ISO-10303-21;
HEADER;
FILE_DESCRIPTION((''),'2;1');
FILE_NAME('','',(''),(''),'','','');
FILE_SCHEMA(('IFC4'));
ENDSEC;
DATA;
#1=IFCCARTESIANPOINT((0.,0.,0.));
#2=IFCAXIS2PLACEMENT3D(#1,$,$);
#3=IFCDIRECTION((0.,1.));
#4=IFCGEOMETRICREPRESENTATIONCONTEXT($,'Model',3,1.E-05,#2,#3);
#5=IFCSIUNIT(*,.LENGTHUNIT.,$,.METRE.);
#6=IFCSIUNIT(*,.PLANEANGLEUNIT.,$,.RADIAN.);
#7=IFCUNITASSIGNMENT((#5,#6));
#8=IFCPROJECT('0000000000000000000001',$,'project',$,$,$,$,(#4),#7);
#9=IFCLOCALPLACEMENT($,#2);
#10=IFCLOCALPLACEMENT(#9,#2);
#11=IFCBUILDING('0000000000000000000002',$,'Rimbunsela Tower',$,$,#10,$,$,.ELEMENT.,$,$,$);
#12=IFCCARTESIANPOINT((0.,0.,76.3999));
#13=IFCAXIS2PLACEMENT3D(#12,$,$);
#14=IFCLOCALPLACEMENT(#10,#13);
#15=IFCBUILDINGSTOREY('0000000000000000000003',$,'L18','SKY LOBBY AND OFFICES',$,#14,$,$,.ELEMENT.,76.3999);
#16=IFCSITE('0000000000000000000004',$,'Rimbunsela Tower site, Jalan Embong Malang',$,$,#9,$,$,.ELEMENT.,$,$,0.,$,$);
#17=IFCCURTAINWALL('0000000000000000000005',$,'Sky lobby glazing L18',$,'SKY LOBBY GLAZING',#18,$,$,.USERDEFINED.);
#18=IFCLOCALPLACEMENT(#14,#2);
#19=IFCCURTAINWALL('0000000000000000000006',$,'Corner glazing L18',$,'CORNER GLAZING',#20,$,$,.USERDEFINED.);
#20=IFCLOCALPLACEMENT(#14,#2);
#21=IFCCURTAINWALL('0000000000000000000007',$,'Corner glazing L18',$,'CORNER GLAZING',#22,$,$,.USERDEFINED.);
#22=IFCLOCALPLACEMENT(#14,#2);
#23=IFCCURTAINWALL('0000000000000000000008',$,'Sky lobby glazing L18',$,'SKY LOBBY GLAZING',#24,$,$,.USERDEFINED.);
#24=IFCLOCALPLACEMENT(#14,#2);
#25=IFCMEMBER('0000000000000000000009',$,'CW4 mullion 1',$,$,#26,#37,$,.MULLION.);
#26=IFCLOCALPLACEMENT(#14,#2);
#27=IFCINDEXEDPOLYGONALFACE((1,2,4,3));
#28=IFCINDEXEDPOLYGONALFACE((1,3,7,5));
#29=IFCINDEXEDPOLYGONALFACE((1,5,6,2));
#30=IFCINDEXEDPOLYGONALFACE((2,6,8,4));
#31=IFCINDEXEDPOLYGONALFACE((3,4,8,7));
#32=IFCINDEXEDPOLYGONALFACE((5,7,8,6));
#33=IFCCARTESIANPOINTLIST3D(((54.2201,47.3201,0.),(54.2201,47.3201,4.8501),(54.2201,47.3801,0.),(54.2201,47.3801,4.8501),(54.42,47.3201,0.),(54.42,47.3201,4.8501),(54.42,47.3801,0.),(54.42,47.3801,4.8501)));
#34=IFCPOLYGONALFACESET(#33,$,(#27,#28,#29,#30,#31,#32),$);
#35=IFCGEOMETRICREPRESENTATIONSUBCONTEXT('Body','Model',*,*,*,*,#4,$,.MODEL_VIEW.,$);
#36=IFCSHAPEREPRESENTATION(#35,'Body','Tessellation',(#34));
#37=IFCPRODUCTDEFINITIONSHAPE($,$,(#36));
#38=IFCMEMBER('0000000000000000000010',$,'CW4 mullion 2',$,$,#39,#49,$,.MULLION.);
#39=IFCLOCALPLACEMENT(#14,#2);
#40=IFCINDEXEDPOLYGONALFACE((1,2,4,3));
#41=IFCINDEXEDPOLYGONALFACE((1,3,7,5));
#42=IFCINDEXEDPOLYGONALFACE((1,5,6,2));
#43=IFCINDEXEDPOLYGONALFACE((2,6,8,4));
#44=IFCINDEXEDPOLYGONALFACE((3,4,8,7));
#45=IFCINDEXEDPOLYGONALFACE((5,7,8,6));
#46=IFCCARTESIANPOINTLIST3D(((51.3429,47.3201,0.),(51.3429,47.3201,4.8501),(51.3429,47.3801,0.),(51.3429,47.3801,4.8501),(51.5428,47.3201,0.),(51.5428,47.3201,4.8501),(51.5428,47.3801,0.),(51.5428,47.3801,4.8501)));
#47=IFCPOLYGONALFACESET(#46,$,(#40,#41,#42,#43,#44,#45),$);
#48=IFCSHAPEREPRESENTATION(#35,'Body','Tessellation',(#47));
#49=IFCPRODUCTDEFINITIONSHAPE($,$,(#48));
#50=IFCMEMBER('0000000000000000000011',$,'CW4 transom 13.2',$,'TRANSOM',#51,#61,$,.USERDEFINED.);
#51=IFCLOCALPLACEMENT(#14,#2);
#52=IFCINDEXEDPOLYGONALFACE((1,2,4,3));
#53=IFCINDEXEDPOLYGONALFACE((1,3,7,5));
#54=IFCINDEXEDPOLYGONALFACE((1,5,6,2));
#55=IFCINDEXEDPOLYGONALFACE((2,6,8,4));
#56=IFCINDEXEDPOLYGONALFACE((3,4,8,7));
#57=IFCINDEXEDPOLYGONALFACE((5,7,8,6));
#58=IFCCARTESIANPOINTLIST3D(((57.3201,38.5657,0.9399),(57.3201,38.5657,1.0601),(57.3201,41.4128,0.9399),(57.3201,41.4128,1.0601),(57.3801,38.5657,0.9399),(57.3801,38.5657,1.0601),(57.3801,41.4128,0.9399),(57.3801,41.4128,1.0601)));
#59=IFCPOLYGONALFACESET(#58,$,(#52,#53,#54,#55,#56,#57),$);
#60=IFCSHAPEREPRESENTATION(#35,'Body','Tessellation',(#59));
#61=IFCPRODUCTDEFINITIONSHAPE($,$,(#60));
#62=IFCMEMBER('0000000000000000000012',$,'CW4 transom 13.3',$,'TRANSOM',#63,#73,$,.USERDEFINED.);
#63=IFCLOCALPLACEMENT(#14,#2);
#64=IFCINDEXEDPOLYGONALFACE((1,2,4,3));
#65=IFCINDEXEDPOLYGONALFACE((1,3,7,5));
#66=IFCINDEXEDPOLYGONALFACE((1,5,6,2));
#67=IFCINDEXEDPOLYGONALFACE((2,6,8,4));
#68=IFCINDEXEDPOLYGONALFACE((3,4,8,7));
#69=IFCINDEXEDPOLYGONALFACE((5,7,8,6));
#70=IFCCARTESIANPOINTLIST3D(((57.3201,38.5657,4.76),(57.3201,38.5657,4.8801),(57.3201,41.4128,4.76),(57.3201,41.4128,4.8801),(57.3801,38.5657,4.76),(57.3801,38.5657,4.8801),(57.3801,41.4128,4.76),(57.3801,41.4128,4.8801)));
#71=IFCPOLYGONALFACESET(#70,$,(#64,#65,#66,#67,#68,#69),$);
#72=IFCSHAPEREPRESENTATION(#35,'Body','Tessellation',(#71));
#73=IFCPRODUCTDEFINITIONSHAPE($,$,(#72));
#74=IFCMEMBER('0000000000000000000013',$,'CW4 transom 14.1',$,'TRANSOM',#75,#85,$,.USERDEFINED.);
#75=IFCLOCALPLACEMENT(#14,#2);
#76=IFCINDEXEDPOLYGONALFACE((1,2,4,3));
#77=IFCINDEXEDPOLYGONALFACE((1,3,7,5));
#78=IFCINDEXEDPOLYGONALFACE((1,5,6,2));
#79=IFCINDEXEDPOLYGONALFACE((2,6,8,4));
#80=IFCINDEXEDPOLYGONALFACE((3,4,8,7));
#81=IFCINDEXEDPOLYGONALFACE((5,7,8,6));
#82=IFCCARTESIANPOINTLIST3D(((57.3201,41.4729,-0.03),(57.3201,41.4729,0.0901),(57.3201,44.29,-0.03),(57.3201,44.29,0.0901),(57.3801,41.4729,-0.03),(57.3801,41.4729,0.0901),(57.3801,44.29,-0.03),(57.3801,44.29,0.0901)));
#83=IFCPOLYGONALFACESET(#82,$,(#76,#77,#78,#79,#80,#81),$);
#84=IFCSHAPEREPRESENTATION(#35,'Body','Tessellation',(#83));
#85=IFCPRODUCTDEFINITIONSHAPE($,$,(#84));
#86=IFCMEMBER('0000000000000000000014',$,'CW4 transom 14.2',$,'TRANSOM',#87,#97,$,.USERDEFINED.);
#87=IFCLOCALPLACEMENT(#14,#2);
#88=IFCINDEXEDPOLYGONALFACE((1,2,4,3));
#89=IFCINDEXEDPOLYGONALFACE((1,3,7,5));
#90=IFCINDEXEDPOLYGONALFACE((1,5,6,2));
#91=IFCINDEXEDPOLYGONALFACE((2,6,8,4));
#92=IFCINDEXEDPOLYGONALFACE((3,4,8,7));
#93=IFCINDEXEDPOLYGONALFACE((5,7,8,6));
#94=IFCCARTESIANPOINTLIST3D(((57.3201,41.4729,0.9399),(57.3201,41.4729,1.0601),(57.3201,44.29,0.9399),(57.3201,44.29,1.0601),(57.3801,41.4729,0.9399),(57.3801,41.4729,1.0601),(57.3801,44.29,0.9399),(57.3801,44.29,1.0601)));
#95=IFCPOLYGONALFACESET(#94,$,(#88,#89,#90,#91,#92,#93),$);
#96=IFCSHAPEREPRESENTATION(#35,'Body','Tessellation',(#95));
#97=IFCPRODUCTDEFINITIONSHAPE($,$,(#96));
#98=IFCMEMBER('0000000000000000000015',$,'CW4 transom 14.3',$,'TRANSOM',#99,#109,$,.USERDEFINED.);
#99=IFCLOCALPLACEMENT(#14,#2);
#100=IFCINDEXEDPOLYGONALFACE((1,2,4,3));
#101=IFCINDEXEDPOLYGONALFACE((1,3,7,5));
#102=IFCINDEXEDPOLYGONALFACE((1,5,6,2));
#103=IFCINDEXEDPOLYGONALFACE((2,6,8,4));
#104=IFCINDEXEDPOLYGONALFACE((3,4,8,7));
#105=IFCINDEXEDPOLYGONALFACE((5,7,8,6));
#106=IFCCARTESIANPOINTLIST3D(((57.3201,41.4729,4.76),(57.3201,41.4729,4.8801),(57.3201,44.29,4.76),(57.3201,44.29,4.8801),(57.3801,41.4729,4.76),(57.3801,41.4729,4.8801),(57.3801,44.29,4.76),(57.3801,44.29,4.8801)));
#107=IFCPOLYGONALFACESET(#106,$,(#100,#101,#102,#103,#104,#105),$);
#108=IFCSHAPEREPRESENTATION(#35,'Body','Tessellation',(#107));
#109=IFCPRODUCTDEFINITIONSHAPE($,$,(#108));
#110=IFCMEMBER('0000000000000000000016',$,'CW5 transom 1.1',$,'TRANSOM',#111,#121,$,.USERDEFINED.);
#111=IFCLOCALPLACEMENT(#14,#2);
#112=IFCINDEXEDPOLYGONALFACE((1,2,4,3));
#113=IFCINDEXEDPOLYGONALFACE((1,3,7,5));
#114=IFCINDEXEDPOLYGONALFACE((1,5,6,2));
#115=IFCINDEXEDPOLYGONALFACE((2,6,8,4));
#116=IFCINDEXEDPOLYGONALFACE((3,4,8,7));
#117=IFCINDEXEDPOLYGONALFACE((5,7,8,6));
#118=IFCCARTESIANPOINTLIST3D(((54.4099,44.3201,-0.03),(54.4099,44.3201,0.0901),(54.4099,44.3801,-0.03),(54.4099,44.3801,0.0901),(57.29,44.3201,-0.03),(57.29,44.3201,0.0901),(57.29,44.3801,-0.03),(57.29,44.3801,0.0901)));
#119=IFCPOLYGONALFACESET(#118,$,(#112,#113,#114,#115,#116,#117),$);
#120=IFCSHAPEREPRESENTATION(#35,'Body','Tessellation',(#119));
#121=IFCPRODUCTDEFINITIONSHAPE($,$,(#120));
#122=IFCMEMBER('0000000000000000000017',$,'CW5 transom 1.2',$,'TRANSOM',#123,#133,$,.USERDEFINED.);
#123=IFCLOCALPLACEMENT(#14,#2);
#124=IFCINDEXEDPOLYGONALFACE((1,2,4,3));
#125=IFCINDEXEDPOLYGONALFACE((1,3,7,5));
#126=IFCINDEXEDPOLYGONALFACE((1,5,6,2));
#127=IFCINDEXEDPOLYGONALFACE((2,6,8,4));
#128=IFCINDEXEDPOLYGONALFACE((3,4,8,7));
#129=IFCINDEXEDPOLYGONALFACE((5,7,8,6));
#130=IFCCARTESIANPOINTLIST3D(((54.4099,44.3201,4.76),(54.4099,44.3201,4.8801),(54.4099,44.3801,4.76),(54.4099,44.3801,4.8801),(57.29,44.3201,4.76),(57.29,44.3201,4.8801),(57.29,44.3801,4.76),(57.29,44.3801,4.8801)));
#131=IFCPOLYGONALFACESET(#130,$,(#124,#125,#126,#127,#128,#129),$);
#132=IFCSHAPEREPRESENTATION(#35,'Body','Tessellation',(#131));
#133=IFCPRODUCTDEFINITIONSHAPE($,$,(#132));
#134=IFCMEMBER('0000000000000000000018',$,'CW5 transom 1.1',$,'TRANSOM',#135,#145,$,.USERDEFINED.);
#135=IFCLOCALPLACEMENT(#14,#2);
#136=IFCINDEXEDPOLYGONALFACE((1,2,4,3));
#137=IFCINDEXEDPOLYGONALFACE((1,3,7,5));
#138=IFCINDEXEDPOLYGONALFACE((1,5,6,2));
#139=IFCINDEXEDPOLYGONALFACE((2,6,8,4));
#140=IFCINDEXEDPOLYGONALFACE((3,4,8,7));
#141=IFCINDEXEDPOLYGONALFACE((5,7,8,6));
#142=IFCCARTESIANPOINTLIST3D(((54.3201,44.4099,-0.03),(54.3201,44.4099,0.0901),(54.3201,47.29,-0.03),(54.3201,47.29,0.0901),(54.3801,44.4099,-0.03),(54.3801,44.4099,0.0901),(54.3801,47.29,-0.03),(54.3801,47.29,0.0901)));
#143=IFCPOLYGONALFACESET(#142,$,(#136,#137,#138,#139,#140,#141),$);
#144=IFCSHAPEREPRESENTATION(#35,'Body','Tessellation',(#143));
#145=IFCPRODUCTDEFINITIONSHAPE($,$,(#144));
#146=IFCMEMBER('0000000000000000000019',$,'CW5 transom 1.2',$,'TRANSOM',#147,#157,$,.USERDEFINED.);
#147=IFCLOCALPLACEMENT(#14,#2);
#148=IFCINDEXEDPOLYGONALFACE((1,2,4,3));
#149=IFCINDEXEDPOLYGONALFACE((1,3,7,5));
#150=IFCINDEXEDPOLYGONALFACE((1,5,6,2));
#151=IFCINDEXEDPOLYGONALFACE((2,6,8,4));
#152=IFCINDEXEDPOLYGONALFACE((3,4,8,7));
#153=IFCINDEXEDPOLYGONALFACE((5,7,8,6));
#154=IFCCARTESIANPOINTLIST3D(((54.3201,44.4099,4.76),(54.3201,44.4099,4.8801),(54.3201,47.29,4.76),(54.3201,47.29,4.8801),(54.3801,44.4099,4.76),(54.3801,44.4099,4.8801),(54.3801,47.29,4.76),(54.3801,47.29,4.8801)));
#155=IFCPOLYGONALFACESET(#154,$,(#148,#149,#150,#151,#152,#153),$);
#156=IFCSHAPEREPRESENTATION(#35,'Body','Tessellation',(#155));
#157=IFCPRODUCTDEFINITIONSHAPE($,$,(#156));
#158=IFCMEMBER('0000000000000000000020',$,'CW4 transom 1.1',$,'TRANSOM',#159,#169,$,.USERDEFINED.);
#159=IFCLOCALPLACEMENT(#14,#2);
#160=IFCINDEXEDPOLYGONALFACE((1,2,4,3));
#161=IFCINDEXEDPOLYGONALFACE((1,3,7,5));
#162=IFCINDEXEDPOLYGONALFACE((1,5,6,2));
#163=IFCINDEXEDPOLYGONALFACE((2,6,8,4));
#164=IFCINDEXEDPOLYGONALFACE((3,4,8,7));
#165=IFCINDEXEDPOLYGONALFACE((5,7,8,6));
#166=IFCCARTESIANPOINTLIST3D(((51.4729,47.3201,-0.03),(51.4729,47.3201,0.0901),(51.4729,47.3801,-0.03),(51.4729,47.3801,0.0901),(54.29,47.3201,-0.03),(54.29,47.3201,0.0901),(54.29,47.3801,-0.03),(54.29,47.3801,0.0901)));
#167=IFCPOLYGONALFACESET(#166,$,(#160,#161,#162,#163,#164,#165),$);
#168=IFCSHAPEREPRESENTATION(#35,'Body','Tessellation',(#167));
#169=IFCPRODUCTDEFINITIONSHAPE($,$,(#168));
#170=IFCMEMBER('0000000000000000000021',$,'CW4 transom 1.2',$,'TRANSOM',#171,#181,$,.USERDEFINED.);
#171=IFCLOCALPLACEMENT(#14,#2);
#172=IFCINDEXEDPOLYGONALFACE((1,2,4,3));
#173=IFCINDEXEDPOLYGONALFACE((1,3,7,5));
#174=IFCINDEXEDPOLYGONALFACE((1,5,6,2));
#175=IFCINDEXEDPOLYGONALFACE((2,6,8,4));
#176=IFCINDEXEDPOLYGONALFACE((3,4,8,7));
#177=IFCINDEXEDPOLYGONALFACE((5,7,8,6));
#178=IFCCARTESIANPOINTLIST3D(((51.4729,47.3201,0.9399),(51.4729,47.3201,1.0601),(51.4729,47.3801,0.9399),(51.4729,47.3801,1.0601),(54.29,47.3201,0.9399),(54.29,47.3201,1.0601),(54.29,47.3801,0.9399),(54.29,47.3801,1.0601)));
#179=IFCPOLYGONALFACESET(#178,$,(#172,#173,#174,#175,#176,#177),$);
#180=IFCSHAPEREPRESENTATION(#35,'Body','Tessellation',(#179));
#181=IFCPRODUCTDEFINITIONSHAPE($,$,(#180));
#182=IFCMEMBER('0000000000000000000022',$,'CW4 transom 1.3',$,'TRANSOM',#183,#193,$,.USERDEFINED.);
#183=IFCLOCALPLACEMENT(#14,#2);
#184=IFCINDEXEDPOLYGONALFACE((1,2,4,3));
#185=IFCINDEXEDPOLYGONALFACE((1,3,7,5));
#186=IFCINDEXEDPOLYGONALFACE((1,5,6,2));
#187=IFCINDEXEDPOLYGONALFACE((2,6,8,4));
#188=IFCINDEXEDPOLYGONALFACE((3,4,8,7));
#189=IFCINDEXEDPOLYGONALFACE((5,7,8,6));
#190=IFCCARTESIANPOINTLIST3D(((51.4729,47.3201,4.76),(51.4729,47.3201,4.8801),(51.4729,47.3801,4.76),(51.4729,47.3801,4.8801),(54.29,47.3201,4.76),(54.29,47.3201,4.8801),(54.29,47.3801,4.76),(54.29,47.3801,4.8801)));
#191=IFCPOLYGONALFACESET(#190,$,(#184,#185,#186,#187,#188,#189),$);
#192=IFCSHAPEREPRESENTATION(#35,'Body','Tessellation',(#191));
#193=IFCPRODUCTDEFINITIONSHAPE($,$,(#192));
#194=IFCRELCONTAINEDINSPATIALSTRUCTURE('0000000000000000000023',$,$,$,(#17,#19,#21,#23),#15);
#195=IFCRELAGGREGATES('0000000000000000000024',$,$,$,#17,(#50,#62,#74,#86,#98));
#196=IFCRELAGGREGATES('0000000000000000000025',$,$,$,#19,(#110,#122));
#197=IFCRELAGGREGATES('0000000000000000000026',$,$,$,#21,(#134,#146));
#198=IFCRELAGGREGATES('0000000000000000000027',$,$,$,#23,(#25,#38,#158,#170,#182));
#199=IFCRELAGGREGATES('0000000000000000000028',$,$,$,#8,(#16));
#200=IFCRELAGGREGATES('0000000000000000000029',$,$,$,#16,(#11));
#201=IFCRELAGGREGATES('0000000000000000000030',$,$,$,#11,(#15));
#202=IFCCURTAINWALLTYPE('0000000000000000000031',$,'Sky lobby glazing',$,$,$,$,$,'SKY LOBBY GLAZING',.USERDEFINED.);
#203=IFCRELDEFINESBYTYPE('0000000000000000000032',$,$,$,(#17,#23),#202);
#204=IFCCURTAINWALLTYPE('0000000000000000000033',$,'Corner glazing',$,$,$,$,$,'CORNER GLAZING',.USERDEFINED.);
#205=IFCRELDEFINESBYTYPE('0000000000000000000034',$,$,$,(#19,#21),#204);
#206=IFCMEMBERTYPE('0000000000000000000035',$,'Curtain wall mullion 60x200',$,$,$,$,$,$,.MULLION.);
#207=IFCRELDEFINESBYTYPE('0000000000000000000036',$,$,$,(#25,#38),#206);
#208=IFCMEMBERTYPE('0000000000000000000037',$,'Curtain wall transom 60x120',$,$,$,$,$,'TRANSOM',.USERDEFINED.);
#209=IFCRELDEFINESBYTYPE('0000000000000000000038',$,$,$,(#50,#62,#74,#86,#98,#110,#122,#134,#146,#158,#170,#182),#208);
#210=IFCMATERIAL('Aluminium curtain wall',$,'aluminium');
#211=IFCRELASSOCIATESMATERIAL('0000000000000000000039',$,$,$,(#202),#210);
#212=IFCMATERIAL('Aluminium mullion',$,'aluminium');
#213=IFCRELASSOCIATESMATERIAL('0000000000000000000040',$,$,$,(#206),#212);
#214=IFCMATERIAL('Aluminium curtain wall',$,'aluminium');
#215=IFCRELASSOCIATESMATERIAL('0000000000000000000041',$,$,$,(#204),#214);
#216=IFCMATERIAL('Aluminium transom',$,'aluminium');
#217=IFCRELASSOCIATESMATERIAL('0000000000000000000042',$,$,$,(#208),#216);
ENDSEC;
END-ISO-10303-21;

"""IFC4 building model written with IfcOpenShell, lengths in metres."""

from ifc_helpers import new_model, si_unit, direction, frame, origin, origin_2d, place, context, subcontext, project, spatial, rectangle, extrude, material, material_profile, profile_set, type_object, element, aggregate, save


model = new_model("IFC4")

# Units and contexts
model_context = context("Model", 3, precision=1e-05, world=origin(), true_north=direction((0.0, 1.0)))
body_context = subcontext(model_context, "Body", "Model", "MODEL_VIEW")
ifc_project = project(units=[si_unit("LENGTHUNIT", "METRE"), si_unit("PLANEANGLEUNIT", "RADIAN")], contexts=[model_context])

# Site, building, storey
site_placement = place(None, origin())
site = spatial("IfcSite", under=ifc_project, at=site_placement, Name="Rimbunsela Tower site, Jalan Embong Malang", CompositionType="ELEMENT", RefElevation=0.0)
building_placement = place(site_placement, origin())
building = spatial("IfcBuilding", under=site, at=building_placement, Name="Rimbunsela Tower", CompositionType="ELEMENT")
storey_placement = place(building_placement, frame((0.0, 0.0, 76.3999)))
storey = spatial("IfcBuildingStorey", under=building, at=storey_placement, Name="L18", Description="SKY LOBBY AND OFFICES", CompositionType="ELEMENT", Elevation=76.3999)

# Curtain walls, members
ifc_material_1 = material(Name="Aluminium curtain wall", Category="aluminium")
curtain_wall_type_1 = type_object("IfcCurtainWallType", Name="Sky lobby glazing", ElementType="SKY LOBBY GLAZING", PredefinedType="USERDEFINED", material=ifc_material_1)
curtain_wall_1_placement = place(storey_placement, origin())
curtain_wall_1 = element("IfcCurtainWall", 1, at=curtain_wall_1_placement, inside=storey, type_object=curtain_wall_type_1, Name="Sky lobby glazing L18", ObjectType="SKY LOBBY GLAZING", PredefinedType="USERDEFINED")
ifc_material_2 = material(Name="Aluminium mullion", Category="aluminium")
ifc_material_profile_1 = material_profile(ifc_material_2, rectangle(XDim=0.0601, YDim=0.2, at=origin_2d()), Name="Mullion 60x200")
ifc_profile_set_1 = profile_set([ifc_material_profile_1], Name="Aluminium mullion")
member_type_1 = type_object("IfcMemberType", Name="Curtain wall mullion 60x200", PredefinedType="MULLION", material=ifc_profile_set_1)
ifc_material_3 = material(Name="Aluminium curtain wall", Category="aluminium")
curtain_wall_type_2 = type_object("IfcCurtainWallType", Name="Corner glazing", ElementType="CORNER GLAZING", PredefinedType="USERDEFINED", material=ifc_material_3)
curtain_wall_2_placement = place(storey_placement, origin())
curtain_wall_2 = element("IfcCurtainWall", 2, at=curtain_wall_2_placement, inside=storey, type_object=curtain_wall_type_2, Name="Corner glazing L18", ObjectType="CORNER GLAZING", PredefinedType="USERDEFINED")
curtain_wall_3_placement = place(storey_placement, origin())
curtain_wall_3 = element("IfcCurtainWall", 3, at=curtain_wall_3_placement, inside=storey, type_object=curtain_wall_type_2, Name="Corner glazing L18", ObjectType="CORNER GLAZING", PredefinedType="USERDEFINED")
curtain_wall_4_placement = place(storey_placement, origin())
curtain_wall_4 = element("IfcCurtainWall", 4, at=curtain_wall_4_placement, inside=storey, type_object=curtain_wall_type_1, Name="Sky lobby glazing L18", ObjectType="SKY LOBBY GLAZING", PredefinedType="USERDEFINED")
member_1_placement = place(storey_placement, frame((54.3201, 47.3501, 0.0), z_axis=(0.0, 0.0, 1.0), x_axis=(0.0, -1.0, 0.0)))
member_1 = element("IfcMember", 5, at=member_1_placement, type_object=member_type_1, Name="CW4 mullion 1", PredefinedType="MULLION", context=body_context, shape_type="SweptSolid", body=[
    extrude(rectangle(XDim=0.0601, YDim=0.2, at=origin_2d()), origin(), (0.0, 0.0, 1.0), 4.8501),
])
member_2_placement = place(storey_placement, frame((51.4429, 47.3501, 0.0), z_axis=(0.0, 0.0, 1.0), x_axis=(0.0, -1.0, 0.0)))
member_2 = element("IfcMember", 6, at=member_2_placement, type_object=member_type_1, Name="CW4 mullion 2", PredefinedType="MULLION", context=body_context, shape_type="SweptSolid", body=[
    extrude(rectangle(XDim=0.0601, YDim=0.2, at=origin_2d()), origin(), (0.0, 0.0, 1.0), 4.8501),
])

# Members
ifc_material_4 = material(Name="Aluminium transom", Category="aluminium")
ifc_material_profile_2 = material_profile(ifc_material_4, rectangle(XDim=0.0601, YDim=0.1201, at=origin_2d()), Name="Transom 60x120")
ifc_profile_set_2 = profile_set([ifc_material_profile_2], Name="Aluminium transom")
member_type_2 = type_object("IfcMemberType", Name="Curtain wall transom 60x120", ElementType="TRANSOM", PredefinedType="USERDEFINED", material=ifc_profile_set_2)
member_3_placement = place(storey_placement, frame((57.3501, 38.5657, 1.0), z_axis=(0.0, 1.0, 0.0), x_axis=(-1.0, 0.0, 0.0)))
member_3 = element("IfcMember", 7, at=member_3_placement, type_object=member_type_2, Name="CW4 transom 13.2", ObjectType="TRANSOM", PredefinedType="USERDEFINED", context=body_context, shape_type="SweptSolid", body=[
    extrude(rectangle(XDim=0.0601, YDim=0.1201, at=origin_2d()), origin(), (0.0, 0.0, 1.0), 2.8472),
])
member_4_placement = place(storey_placement, frame((57.3501, 38.5657, 4.8201), z_axis=(0.0, 1.0, 0.0), x_axis=(-1.0, 0.0, 0.0)))
member_4 = element("IfcMember", 8, at=member_4_placement, type_object=member_type_2, Name="CW4 transom 13.3", ObjectType="TRANSOM", PredefinedType="USERDEFINED", context=body_context, shape_type="SweptSolid", body=[
    extrude(rectangle(XDim=0.0601, YDim=0.1201, at=origin_2d()), origin(), (0.0, 0.0, 1.0), 2.8472),
])
member_5_placement = place(storey_placement, frame((57.3501, 41.4729, 0.03), z_axis=(0.0, 1.0, 0.0), x_axis=(-1.0, 0.0, 0.0)))
member_5 = element("IfcMember", 9, at=member_5_placement, type_object=member_type_2, Name="CW4 transom 14.1", ObjectType="TRANSOM", PredefinedType="USERDEFINED", context=body_context, shape_type="SweptSolid", body=[
    extrude(rectangle(XDim=0.0601, YDim=0.1201, at=origin_2d()), origin(), (0.0, 0.0, 1.0), 2.8171),
])
member_6_placement = place(storey_placement, frame((57.3501, 41.4729, 1.0), z_axis=(0.0, 1.0, 0.0), x_axis=(-1.0, 0.0, 0.0)))
member_6 = element("IfcMember", 10, at=member_6_placement, type_object=member_type_2, Name="CW4 transom 14.2", ObjectType="TRANSOM", PredefinedType="USERDEFINED", context=body_context, shape_type="SweptSolid", body=[
    extrude(rectangle(XDim=0.0601, YDim=0.1201, at=origin_2d()), origin(), (0.0, 0.0, 1.0), 2.8171),
])
member_7_placement = place(storey_placement, frame((57.3501, 41.4729, 4.8201), z_axis=(0.0, 1.0, 0.0), x_axis=(-1.0, 0.0, 0.0)))
member_7 = element("IfcMember", 11, at=member_7_placement, type_object=member_type_2, Name="CW4 transom 14.3", ObjectType="TRANSOM", PredefinedType="USERDEFINED", context=body_context, shape_type="SweptSolid", body=[
    extrude(rectangle(XDim=0.0601, YDim=0.1201, at=origin_2d()), origin(), (0.0, 0.0, 1.0), 2.8171),
])
member_8_placement = place(storey_placement, frame((57.29, 44.3501, 0.03), z_axis=(-1.0, 0.0, 0.0), x_axis=(0.0, -1.0, 0.0)))
member_8 = element("IfcMember", 12, at=member_8_placement, type_object=member_type_2, Name="CW5 transom 1.1", ObjectType="TRANSOM", PredefinedType="USERDEFINED", context=body_context, shape_type="SweptSolid", body=[
    extrude(rectangle(XDim=0.0601, YDim=0.1201, at=origin_2d()), origin(), (0.0, 0.0, 1.0), 2.8801),
])
member_9_placement = place(storey_placement, frame((57.29, 44.3501, 4.8201), z_axis=(-1.0, 0.0, 0.0), x_axis=(0.0, -1.0, 0.0)))
member_9 = element("IfcMember", 13, at=member_9_placement, type_object=member_type_2, Name="CW5 transom 1.2", ObjectType="TRANSOM", PredefinedType="USERDEFINED", context=body_context, shape_type="SweptSolid", body=[
    extrude(rectangle(XDim=0.0601, YDim=0.1201, at=origin_2d()), origin(), (0.0, 0.0, 1.0), 2.8801),
])
member_10_placement = place(storey_placement, frame((54.3501, 44.4099, 0.03), z_axis=(0.0, 1.0, 0.0), x_axis=(-1.0, 0.0, 0.0)))
member_10 = element("IfcMember", 14, at=member_10_placement, type_object=member_type_2, Name="CW5 transom 1.1", ObjectType="TRANSOM", PredefinedType="USERDEFINED", context=body_context, shape_type="SweptSolid", body=[
    extrude(rectangle(XDim=0.0601, YDim=0.1201, at=origin_2d()), origin(), (0.0, 0.0, 1.0), 2.8801),
])
member_11_placement = place(storey_placement, frame((54.3501, 44.4099, 4.8201), z_axis=(0.0, 1.0, 0.0), x_axis=(-1.0, 0.0, 0.0)))
member_11 = element("IfcMember", 15, at=member_11_placement, type_object=member_type_2, Name="CW5 transom 1.2", ObjectType="TRANSOM", PredefinedType="USERDEFINED", context=body_context, shape_type="SweptSolid", body=[
    extrude(rectangle(XDim=0.0601, YDim=0.1201, at=origin_2d()), origin(), (0.0, 0.0, 1.0), 2.8801),
])
member_12_placement = place(storey_placement, frame((54.29, 47.3501, 0.03), z_axis=(-1.0, 0.0, 0.0), x_axis=(0.0, -1.0, 0.0)))
member_12 = element("IfcMember", 16, at=member_12_placement, type_object=member_type_2, Name="CW4 transom 1.1", ObjectType="TRANSOM", PredefinedType="USERDEFINED", context=body_context, shape_type="SweptSolid", body=[
    extrude(rectangle(XDim=0.0601, YDim=0.1201, at=origin_2d()), origin(), (0.0, 0.0, 1.0), 2.8171),
])
member_13_placement = place(storey_placement, frame((54.29, 47.3501, 1.0), z_axis=(-1.0, 0.0, 0.0), x_axis=(0.0, -1.0, 0.0)))
member_13 = element("IfcMember", 17, at=member_13_placement, type_object=member_type_2, Name="CW4 transom 1.2", ObjectType="TRANSOM", PredefinedType="USERDEFINED", context=body_context, shape_type="SweptSolid", body=[
    extrude(rectangle(XDim=0.0601, YDim=0.1201, at=origin_2d()), origin(), (0.0, 0.0, 1.0), 2.8171),
])
member_14_placement = place(storey_placement, frame((54.29, 47.3501, 4.8201), z_axis=(-1.0, 0.0, 0.0), x_axis=(0.0, -1.0, 0.0)))
member_14 = element("IfcMember", 18, at=member_14_placement, type_object=member_type_2, Name="CW4 transom 1.3", ObjectType="TRANSOM", PredefinedType="USERDEFINED", context=body_context, shape_type="SweptSolid", body=[
    extrude(rectangle(XDim=0.0601, YDim=0.1201, at=origin_2d()), origin(), (0.0, 0.0, 1.0), 2.8171),
])

aggregate(curtain_wall_1, [member_3, member_4, member_5, member_6, member_7])
aggregate(curtain_wall_2, [member_8, member_9])
aggregate(curtain_wall_3, [member_10, member_11])
aggregate(curtain_wall_4, [member_1, member_2, member_12, member_13, member_14])

save(model, "model.ifc")
